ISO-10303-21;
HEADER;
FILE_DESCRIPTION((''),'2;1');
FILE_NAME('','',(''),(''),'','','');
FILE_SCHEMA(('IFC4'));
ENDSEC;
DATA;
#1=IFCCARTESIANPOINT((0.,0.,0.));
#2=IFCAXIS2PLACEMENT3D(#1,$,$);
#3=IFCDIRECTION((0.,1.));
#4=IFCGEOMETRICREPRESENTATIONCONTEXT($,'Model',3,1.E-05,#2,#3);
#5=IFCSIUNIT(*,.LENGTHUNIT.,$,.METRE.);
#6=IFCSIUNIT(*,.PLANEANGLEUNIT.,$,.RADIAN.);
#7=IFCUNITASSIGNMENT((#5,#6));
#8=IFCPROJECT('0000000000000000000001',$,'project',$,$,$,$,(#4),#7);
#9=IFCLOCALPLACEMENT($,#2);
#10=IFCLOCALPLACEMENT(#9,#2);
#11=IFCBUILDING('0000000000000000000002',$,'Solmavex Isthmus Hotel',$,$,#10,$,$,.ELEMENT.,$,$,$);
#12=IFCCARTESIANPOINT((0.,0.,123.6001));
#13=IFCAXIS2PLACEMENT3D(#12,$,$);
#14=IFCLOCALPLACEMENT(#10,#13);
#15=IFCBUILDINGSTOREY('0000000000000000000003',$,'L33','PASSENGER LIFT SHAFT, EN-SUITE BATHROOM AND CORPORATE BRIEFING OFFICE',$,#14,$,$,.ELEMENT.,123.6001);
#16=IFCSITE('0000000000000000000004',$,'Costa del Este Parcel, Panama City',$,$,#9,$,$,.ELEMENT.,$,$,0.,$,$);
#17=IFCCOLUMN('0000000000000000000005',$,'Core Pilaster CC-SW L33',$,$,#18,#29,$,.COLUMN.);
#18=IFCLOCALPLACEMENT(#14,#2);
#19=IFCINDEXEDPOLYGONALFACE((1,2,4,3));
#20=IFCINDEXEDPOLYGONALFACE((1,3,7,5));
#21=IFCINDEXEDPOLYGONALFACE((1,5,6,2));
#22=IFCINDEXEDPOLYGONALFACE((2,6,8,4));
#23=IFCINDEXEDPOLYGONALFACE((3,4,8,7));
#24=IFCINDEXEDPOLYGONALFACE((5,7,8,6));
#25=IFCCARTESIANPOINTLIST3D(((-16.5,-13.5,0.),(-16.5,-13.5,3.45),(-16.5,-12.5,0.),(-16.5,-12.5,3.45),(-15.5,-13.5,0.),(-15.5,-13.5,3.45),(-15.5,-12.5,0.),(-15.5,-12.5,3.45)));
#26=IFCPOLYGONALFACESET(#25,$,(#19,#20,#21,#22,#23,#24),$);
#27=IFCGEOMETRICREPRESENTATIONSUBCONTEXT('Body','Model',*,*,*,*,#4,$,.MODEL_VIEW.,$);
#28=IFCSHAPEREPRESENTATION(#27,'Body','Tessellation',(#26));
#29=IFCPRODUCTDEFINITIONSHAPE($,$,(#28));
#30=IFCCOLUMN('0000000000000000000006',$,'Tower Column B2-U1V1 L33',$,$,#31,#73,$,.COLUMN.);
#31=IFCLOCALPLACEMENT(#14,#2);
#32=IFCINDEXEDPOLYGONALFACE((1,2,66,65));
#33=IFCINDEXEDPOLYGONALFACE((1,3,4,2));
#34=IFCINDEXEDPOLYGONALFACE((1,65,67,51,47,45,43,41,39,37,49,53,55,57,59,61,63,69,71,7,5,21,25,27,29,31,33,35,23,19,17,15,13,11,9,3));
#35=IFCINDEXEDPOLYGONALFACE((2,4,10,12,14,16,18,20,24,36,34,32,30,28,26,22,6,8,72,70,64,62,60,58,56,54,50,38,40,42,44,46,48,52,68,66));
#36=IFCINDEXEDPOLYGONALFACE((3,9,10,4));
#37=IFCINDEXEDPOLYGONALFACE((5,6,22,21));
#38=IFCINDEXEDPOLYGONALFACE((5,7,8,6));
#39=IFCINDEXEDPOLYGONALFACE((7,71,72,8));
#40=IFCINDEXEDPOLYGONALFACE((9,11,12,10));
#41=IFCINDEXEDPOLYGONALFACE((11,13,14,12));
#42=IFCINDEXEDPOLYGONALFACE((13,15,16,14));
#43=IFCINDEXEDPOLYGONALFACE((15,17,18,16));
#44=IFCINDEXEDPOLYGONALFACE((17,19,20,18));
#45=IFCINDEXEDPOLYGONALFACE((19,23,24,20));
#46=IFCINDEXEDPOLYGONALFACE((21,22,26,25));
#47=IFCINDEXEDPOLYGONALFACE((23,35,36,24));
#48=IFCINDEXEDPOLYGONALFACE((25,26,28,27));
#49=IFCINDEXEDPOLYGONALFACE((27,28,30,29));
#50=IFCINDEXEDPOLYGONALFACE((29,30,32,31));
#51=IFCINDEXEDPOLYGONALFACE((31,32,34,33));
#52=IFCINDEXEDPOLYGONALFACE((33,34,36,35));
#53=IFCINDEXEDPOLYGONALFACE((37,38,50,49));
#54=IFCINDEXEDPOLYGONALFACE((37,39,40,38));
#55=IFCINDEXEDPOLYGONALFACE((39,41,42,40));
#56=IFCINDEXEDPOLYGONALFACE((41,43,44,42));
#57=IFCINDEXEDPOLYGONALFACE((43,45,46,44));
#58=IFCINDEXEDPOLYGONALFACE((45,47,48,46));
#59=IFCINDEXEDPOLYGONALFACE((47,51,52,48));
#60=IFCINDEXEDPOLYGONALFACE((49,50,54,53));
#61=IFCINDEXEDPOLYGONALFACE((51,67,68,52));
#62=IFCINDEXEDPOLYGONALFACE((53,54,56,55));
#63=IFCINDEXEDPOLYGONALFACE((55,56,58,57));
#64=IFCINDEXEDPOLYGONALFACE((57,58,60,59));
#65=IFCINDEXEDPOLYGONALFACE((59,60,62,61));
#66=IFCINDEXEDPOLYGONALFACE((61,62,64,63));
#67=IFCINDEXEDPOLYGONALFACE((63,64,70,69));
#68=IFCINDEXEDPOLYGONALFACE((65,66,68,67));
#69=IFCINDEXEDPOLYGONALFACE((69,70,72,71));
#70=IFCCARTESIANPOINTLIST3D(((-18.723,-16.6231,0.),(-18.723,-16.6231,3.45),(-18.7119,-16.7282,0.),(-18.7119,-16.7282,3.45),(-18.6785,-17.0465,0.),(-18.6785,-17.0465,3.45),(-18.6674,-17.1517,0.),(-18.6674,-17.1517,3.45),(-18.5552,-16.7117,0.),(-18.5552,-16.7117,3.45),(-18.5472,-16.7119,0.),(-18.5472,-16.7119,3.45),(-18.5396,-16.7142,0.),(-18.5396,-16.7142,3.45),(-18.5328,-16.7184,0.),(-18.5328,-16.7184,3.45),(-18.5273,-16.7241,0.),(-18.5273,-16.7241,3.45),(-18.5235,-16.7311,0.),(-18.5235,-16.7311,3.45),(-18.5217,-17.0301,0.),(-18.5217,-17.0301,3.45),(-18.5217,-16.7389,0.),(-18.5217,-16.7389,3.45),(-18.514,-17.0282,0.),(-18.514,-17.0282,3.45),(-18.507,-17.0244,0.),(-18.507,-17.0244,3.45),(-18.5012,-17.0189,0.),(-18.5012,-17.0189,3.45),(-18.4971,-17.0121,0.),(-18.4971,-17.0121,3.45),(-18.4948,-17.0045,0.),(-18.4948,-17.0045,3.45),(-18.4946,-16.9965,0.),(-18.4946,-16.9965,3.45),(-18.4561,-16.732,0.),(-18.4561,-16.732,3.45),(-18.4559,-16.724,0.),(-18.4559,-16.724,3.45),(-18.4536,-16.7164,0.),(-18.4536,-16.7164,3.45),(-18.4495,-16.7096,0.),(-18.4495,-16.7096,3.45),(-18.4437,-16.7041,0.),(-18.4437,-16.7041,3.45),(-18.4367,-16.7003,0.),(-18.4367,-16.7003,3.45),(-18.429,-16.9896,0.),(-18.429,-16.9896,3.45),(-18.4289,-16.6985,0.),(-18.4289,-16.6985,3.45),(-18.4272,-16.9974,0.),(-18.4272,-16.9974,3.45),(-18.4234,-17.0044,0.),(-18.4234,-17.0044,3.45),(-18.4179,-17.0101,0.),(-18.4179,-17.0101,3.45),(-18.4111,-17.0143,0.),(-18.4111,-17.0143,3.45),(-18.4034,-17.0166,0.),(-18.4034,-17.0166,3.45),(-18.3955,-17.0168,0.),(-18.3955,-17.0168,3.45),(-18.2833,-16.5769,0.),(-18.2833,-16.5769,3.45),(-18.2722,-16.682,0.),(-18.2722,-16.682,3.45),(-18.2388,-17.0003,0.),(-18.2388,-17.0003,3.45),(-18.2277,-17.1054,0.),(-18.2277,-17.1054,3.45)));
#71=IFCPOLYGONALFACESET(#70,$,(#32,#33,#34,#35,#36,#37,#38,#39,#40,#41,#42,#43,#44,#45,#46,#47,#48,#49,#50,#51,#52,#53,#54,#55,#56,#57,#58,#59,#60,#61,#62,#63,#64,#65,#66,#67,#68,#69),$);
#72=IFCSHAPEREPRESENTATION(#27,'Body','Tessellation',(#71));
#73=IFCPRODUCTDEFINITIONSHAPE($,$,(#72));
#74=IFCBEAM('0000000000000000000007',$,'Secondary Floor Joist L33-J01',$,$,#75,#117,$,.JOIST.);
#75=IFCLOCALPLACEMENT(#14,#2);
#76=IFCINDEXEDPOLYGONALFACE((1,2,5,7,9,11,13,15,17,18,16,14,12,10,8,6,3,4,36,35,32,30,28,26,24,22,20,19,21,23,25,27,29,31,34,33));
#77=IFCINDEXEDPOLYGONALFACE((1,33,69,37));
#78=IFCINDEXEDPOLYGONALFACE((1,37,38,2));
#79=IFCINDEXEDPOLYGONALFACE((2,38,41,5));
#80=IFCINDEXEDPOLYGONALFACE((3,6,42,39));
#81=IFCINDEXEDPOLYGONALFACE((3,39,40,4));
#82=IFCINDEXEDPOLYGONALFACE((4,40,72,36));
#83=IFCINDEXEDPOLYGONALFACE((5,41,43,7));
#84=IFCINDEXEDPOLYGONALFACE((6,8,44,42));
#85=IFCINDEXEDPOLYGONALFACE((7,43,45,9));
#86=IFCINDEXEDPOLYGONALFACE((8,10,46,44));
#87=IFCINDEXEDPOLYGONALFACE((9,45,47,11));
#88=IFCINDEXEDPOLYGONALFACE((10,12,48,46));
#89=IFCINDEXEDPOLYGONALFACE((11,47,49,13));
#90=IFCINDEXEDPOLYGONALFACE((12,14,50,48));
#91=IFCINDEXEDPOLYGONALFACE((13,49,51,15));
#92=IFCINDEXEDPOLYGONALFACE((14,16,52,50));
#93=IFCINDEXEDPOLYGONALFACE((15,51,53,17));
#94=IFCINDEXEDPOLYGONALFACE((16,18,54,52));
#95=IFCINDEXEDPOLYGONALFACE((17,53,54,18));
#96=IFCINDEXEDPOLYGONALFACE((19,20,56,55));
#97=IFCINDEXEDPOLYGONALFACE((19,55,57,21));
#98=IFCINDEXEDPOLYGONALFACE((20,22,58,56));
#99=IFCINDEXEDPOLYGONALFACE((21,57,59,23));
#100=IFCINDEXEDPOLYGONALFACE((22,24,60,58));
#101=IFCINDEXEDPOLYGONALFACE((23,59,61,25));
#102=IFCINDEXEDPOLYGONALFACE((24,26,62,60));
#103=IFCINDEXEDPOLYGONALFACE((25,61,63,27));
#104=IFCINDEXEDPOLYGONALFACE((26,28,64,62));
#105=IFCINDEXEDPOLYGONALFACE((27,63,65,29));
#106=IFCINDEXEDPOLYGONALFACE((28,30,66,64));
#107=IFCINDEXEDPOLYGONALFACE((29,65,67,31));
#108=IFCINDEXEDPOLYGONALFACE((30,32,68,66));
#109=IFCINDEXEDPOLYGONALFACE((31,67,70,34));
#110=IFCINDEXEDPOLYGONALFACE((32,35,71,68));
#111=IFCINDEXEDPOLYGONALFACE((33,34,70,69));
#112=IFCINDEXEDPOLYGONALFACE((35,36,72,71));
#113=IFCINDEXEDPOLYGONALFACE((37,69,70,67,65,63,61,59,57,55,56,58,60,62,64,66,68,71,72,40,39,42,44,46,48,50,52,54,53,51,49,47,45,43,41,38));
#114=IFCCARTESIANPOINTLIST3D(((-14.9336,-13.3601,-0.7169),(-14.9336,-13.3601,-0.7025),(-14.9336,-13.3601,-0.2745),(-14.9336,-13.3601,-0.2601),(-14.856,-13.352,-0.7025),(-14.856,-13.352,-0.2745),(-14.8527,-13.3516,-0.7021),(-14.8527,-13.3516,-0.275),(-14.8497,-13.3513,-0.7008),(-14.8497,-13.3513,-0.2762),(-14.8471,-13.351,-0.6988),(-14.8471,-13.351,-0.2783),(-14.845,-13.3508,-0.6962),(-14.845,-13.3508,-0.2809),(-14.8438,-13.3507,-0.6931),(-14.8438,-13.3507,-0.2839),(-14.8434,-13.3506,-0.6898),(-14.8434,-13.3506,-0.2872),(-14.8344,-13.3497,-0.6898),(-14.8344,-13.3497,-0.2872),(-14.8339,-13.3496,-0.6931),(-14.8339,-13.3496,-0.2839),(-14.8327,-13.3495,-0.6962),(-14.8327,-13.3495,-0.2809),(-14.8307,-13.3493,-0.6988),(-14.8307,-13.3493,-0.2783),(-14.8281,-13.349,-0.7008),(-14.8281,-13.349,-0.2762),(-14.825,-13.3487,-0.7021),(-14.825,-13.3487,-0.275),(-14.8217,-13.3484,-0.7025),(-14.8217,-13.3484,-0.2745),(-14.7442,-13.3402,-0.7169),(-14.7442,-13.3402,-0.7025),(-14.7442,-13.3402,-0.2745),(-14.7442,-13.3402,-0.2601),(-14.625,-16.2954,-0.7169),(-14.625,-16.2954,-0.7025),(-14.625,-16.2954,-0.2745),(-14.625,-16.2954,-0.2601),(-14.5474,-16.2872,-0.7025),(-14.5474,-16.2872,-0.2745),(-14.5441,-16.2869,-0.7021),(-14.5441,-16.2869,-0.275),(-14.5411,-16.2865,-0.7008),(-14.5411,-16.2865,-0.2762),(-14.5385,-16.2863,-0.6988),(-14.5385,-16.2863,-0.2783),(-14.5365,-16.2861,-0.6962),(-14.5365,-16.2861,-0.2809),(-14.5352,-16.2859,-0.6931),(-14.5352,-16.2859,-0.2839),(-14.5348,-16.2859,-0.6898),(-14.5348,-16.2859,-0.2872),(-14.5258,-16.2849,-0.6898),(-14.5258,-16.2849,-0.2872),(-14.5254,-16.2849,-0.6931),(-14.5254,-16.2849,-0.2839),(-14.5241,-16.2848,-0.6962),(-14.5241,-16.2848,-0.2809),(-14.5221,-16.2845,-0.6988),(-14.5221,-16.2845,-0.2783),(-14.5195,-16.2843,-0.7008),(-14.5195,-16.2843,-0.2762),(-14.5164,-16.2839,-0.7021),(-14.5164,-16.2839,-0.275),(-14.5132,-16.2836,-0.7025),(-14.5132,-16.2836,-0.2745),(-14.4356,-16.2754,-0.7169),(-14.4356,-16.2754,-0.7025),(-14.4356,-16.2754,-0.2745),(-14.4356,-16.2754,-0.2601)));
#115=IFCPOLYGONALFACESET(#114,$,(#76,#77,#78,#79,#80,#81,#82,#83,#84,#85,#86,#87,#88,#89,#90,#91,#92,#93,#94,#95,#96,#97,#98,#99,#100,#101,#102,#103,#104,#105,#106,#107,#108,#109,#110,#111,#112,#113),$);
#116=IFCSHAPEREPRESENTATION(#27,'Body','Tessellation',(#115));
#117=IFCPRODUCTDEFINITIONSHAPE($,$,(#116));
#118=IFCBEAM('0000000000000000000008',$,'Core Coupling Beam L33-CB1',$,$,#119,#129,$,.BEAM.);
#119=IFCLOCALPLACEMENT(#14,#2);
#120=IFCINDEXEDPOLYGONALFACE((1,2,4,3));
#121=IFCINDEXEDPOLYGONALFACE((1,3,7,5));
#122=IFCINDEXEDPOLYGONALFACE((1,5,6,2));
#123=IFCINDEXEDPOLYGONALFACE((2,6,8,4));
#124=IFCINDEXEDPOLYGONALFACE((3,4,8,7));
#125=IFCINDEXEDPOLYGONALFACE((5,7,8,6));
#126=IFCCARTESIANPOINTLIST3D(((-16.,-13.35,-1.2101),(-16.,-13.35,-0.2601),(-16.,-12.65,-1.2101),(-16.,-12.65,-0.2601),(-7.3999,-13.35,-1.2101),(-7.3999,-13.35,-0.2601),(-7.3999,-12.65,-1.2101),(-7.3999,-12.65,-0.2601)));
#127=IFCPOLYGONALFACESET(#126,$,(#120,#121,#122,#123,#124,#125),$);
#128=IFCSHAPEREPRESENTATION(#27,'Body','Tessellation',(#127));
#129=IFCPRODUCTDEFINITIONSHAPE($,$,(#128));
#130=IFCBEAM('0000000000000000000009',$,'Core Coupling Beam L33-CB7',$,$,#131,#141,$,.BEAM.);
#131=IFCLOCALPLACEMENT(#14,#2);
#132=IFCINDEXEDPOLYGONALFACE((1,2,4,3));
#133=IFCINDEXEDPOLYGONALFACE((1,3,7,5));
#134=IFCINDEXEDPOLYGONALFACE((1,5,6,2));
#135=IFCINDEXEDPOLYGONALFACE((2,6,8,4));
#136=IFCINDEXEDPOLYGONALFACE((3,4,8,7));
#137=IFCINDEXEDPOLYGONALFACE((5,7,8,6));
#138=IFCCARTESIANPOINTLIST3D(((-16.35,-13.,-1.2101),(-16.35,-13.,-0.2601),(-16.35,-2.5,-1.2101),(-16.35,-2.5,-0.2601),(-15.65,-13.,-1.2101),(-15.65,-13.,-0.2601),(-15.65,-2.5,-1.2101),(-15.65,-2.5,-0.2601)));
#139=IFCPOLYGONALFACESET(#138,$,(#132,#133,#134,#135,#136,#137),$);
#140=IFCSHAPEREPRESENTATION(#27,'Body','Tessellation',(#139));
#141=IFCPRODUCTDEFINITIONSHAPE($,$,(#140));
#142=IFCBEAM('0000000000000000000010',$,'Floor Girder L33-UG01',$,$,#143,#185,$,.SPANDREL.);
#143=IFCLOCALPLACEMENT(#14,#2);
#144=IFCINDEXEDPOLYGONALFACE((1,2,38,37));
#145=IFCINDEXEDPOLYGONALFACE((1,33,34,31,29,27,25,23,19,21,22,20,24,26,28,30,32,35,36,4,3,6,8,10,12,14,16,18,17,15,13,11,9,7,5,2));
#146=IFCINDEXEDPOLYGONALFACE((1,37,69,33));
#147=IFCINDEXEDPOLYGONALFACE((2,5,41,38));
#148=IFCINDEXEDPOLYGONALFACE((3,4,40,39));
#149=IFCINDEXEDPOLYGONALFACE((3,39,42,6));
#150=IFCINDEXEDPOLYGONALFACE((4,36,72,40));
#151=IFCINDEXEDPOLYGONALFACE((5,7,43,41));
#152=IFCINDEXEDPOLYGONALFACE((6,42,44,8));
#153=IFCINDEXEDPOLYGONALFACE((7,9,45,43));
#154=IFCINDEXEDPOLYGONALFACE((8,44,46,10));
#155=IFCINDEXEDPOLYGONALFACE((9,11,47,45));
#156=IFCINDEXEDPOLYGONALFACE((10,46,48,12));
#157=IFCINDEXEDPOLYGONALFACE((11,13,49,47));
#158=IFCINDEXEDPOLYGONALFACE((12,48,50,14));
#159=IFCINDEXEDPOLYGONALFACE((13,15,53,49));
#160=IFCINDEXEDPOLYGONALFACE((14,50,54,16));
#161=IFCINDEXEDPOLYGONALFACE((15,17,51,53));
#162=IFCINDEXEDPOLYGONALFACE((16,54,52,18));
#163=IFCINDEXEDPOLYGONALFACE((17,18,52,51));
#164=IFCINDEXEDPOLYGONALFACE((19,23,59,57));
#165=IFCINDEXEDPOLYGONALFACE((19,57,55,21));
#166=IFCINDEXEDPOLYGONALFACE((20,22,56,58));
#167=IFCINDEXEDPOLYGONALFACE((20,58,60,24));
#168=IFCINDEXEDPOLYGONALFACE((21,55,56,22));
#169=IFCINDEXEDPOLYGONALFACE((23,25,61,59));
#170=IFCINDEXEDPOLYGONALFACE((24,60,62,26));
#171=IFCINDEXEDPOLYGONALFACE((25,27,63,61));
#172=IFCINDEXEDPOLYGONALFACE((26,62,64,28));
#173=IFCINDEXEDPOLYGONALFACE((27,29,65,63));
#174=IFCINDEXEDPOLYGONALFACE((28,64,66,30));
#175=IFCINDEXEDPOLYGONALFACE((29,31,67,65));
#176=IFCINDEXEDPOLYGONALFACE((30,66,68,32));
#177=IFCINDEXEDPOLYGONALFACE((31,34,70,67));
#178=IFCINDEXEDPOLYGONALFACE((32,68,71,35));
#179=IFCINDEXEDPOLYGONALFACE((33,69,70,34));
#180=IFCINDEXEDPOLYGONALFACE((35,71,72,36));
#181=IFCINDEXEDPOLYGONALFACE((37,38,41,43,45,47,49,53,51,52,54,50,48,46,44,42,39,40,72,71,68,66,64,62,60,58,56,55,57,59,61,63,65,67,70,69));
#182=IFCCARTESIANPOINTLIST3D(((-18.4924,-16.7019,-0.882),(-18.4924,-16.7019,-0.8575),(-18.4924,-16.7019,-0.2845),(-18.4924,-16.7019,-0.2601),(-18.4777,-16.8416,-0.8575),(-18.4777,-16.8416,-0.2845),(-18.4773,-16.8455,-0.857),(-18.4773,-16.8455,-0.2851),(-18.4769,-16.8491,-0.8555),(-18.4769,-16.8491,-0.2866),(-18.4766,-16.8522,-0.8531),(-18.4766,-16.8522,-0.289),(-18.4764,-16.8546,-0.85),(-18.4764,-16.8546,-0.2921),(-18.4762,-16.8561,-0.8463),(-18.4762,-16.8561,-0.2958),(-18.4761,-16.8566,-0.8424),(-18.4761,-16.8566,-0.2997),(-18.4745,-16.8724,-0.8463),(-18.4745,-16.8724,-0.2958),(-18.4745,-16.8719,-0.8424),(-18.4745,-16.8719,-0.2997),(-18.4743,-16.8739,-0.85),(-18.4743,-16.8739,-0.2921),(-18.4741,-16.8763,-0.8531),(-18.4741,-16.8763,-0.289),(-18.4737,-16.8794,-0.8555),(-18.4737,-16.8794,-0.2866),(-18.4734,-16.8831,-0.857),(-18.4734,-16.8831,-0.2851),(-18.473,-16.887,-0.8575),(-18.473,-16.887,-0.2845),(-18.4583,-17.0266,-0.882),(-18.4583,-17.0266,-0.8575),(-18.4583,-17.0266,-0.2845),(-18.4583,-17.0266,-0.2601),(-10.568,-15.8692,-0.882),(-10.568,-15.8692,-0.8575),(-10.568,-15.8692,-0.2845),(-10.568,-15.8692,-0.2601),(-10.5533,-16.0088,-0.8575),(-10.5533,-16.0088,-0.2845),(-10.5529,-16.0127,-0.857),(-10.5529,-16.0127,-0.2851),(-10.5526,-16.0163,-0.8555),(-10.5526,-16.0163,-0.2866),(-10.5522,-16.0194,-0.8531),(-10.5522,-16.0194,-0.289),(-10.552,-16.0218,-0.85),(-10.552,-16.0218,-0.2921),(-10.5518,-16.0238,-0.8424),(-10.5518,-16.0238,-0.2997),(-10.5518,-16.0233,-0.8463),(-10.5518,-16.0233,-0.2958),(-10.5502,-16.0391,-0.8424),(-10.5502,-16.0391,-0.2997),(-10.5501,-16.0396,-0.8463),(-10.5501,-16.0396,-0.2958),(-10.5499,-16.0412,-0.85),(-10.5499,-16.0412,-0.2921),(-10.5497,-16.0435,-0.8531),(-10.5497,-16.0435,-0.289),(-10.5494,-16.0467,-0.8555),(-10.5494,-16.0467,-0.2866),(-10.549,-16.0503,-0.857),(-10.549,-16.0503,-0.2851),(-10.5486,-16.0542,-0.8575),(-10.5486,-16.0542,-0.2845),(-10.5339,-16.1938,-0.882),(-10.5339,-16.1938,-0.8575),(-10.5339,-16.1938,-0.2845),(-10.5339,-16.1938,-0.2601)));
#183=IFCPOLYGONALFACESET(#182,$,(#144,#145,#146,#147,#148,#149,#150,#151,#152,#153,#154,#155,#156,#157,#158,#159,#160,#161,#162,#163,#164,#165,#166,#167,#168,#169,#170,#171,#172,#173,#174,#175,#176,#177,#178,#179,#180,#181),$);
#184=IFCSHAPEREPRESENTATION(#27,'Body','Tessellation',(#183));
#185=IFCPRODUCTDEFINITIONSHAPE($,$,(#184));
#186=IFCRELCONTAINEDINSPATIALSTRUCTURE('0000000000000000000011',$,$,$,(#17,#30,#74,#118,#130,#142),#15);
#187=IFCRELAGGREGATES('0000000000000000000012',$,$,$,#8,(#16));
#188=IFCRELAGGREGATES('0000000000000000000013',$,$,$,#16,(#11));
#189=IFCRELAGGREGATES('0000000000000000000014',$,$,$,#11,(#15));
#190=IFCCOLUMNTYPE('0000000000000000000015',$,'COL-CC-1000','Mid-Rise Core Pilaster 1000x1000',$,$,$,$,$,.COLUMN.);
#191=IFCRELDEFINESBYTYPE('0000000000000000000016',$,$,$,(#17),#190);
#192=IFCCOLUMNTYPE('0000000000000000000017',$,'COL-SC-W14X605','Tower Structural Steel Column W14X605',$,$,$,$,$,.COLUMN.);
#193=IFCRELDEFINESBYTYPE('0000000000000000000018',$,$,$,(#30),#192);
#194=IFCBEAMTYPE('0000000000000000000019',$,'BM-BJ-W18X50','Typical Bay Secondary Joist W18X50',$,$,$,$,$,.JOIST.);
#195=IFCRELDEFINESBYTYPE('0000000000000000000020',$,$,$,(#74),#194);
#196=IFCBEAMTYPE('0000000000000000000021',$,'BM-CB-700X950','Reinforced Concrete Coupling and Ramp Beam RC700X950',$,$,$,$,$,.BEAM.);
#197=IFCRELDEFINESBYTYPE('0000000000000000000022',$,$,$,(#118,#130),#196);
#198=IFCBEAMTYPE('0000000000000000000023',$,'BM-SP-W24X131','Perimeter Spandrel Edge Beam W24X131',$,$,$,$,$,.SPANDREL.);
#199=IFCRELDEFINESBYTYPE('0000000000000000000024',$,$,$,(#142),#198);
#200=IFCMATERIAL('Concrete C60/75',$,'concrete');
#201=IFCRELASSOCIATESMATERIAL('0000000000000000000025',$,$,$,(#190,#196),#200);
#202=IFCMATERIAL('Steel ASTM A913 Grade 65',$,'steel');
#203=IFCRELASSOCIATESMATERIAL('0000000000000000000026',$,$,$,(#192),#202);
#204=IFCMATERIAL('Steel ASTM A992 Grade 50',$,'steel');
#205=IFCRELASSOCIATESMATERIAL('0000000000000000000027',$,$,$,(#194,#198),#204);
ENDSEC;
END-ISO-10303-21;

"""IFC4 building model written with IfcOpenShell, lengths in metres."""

from ifc_helpers import new_model, si_unit, direction, frame, origin, origin_2d, place, context, subcontext, project, spatial, rectangle, i_section, extrude, material, material_profile, profile_set, type_object, element, save


model = new_model("IFC4")

# Units and contexts
model_context = context("Model", 3, precision=1e-05, world=origin(), true_north=direction((0.0, 1.0)))
body_context = subcontext(model_context, "Body", "Model", "MODEL_VIEW")
ifc_project = project(units=[si_unit("LENGTHUNIT", "METRE"), si_unit("PLANEANGLEUNIT", "RADIAN")], contexts=[model_context])

# Site, building, storey
site_placement = place(None, origin())
site = spatial("IfcSite", under=ifc_project, at=site_placement, Name="Costa del Este Parcel, Panama City", CompositionType="ELEMENT", RefElevation=0.0)
building_placement = place(site_placement, origin())
building = spatial("IfcBuilding", under=site, at=building_placement, Name="Solmavex Isthmus Hotel", CompositionType="ELEMENT")
storey_placement = place(building_placement, frame((0.0, 0.0, 123.6001)))
storey = spatial("IfcBuildingStorey", under=building, at=storey_placement, Name="L33", Description="PASSENGER LIFT SHAFT, EN-SUITE BATHROOM AND CORPORATE BRIEFING OFFICE", CompositionType="ELEMENT", Elevation=123.6001)

# Columns
ifc_material_1 = material(Name="Concrete C60/75", Category="concrete")
ifc_material_profile_1 = material_profile(ifc_material_1, rectangle(XDim=1.0, YDim=1.0, at=origin_2d()), Name="RC1000X1000")
ifc_profile_set_1 = profile_set([ifc_material_profile_1], Name="Concrete C60/75")
column_type_1 = type_object("IfcColumnType", Name="COL-CC-1000", Description="Mid-Rise Core Pilaster 1000x1000", PredefinedType="COLUMN", material=ifc_profile_set_1)
column_1_placement = place(storey_placement, frame((-16.0, -13.0, 0.0), z_axis=(0.0, 0.0, 1.0), x_axis=(1.0, 0.0, 0.0)))
element("IfcColumn", 1, at=column_1_placement, inside=storey, type_object=column_type_1, Name="Core Pilaster CC-SW L33", PredefinedType="COLUMN", context=body_context, shape_type="SweptSolid", body=[
    extrude(rectangle(XDim=1.0, YDim=1.0, at=origin_2d()), origin(), (0.0, 0.0, 1.0), 3.45),
])
ifc_material_2 = material(Name="Steel ASTM A913 Grade 65", Category="steel")
ifc_material_profile_2 = material_profile(ifc_material_2, i_section(OverallWidth=0.4421, OverallDepth=0.5315, WebThickness=0.0659, FlangeThickness=0.1057, FilletRadius=0.0305, at=origin_2d()), Name="W14X605")
ifc_profile_set_2 = profile_set([ifc_material_profile_2], Name="Steel ASTM A913 Grade 65")
column_type_2 = type_object("IfcColumnType", Name="COL-SC-W14X605", Description="Tower Structural Steel Column W14X605", PredefinedType="COLUMN", material=ifc_profile_set_2)
column_2_placement = place(storey_placement, frame((-18.4753, -16.8643, 0.0), z_axis=(0.0, 0.0, 1.0), x_axis=(0.994522, 0.104528, 0.0)))
element("IfcColumn", 2, at=column_2_placement, inside=storey, type_object=column_type_2, Name="Tower Column B2-U1V1 L33", PredefinedType="COLUMN", context=body_context, shape_type="SweptSolid", body=[
    extrude(i_section(OverallWidth=0.4421, OverallDepth=0.5315, WebThickness=0.0659, FlangeThickness=0.1057, FilletRadius=0.0305, at=origin_2d()), origin(), (0.0, 0.0, 1.0), 3.45),
])

# Beams
ifc_material_3 = material(Name="Steel ASTM A992 Grade 50", Category="steel")
ifc_material_profile_3 = material_profile(ifc_material_3, i_section(OverallWidth=0.1904, OverallDepth=0.4568, WebThickness=0.009, FlangeThickness=0.0144, FilletRadius=0.0127, at=origin_2d()), Name="W18X50")
ifc_profile_set_3 = profile_set([ifc_material_profile_3], Name="Steel ASTM A992 Grade 50")
beam_type_1 = type_object("IfcBeamType", Name="BM-BJ-W18X50", Description="Typical Bay Secondary Joist W18X50", PredefinedType="JOIST", material=ifc_profile_set_3)
beam_1_placement = place(storey_placement, frame((-14.5303, -16.2854, -0.4885), z_axis=(-0.104556, 0.994519, 0.0), x_axis=(-0.994519, -0.104556, 0.0)))
element("IfcBeam", 3, at=beam_1_placement, inside=storey, type_object=beam_type_1, Name="Secondary Floor Joist L33-J01", PredefinedType="JOIST", context=body_context, shape_type="SweptSolid", body=[
    extrude(i_section(OverallWidth=0.1904, OverallDepth=0.4568, WebThickness=0.009, FlangeThickness=0.0144, FilletRadius=0.0127, at=origin_2d()), origin(), (0.0, 0.0, 1.0), 2.9514),
])
ifc_material_profile_4 = material_profile(ifc_material_1, rectangle(XDim=0.7, YDim=0.95, at=origin_2d()), Name="RC700X950")
ifc_profile_set_4 = profile_set([ifc_material_profile_4], Name="Concrete C60/75")
beam_type_2 = type_object("IfcBeamType", Name="BM-CB-700X950", Description="Reinforced Concrete Coupling and Ramp Beam RC700X950", PredefinedType="BEAM", material=ifc_profile_set_4)
beam_2_placement = place(storey_placement, frame((-16.0, -13.0, -0.7351), z_axis=(1.0, 0.0, 0.0), x_axis=(0.0, 1.0, 0.0)))
element("IfcBeam", 4, at=beam_2_placement, inside=storey, type_object=beam_type_2, Name="Core Coupling Beam L33-CB1", PredefinedType="BEAM", context=body_context, shape_type="SweptSolid", body=[
    extrude(rectangle(XDim=0.7, YDim=0.95, at=origin_2d()), origin(), (0.0, 0.0, 1.0), 8.6001),
])
beam_3_placement = place(storey_placement, frame((-16.0, -13.0, -0.7351), z_axis=(0.0, 1.0, 0.0), x_axis=(-1.0, 0.0, 0.0)))
element("IfcBeam", 5, at=beam_3_placement, inside=storey, type_object=beam_type_2, Name="Core Coupling Beam L33-CB7", PredefinedType="BEAM", context=body_context, shape_type="SweptSolid", body=[
    extrude(rectangle(XDim=0.7, YDim=0.95, at=origin_2d()), origin(), (0.0, 0.0, 1.0), 10.5),
])
ifc_material_profile_5 = material_profile(ifc_material_3, i_section(OverallWidth=0.3264, OverallDepth=0.6218, WebThickness=0.0154, FlangeThickness=0.0244, FilletRadius=0.0151, at=origin_2d()), Name="W24X131")
ifc_profile_set_5 = profile_set([ifc_material_profile_5], Name="Steel ASTM A992 Grade 50")
beam_type_3 = type_object("IfcBeamType", Name="BM-SP-W24X131", Description="Perimeter Spandrel Edge Beam W24X131", PredefinedType="SPANDREL", material=ifc_profile_set_5)
beam_4_placement = place(storey_placement, frame((-18.4753, -16.8643, -0.571), z_axis=(0.994523, 0.104514, 0.0), x_axis=(-0.104514, 0.994523, 0.0)))
element("IfcBeam", 6, at=beam_4_placement, inside=storey, type_object=beam_type_3, Name="Floor Girder L33-UG01", PredefinedType="SPANDREL", context=body_context, shape_type="SweptSolid", body=[
    extrude(i_section(OverallWidth=0.3264, OverallDepth=0.6218, WebThickness=0.0154, FlangeThickness=0.0244, FilletRadius=0.0151, at=origin_2d()), origin(), (0.0, 0.0, 1.0), 7.968),
])

save(model, "model.ifc")
